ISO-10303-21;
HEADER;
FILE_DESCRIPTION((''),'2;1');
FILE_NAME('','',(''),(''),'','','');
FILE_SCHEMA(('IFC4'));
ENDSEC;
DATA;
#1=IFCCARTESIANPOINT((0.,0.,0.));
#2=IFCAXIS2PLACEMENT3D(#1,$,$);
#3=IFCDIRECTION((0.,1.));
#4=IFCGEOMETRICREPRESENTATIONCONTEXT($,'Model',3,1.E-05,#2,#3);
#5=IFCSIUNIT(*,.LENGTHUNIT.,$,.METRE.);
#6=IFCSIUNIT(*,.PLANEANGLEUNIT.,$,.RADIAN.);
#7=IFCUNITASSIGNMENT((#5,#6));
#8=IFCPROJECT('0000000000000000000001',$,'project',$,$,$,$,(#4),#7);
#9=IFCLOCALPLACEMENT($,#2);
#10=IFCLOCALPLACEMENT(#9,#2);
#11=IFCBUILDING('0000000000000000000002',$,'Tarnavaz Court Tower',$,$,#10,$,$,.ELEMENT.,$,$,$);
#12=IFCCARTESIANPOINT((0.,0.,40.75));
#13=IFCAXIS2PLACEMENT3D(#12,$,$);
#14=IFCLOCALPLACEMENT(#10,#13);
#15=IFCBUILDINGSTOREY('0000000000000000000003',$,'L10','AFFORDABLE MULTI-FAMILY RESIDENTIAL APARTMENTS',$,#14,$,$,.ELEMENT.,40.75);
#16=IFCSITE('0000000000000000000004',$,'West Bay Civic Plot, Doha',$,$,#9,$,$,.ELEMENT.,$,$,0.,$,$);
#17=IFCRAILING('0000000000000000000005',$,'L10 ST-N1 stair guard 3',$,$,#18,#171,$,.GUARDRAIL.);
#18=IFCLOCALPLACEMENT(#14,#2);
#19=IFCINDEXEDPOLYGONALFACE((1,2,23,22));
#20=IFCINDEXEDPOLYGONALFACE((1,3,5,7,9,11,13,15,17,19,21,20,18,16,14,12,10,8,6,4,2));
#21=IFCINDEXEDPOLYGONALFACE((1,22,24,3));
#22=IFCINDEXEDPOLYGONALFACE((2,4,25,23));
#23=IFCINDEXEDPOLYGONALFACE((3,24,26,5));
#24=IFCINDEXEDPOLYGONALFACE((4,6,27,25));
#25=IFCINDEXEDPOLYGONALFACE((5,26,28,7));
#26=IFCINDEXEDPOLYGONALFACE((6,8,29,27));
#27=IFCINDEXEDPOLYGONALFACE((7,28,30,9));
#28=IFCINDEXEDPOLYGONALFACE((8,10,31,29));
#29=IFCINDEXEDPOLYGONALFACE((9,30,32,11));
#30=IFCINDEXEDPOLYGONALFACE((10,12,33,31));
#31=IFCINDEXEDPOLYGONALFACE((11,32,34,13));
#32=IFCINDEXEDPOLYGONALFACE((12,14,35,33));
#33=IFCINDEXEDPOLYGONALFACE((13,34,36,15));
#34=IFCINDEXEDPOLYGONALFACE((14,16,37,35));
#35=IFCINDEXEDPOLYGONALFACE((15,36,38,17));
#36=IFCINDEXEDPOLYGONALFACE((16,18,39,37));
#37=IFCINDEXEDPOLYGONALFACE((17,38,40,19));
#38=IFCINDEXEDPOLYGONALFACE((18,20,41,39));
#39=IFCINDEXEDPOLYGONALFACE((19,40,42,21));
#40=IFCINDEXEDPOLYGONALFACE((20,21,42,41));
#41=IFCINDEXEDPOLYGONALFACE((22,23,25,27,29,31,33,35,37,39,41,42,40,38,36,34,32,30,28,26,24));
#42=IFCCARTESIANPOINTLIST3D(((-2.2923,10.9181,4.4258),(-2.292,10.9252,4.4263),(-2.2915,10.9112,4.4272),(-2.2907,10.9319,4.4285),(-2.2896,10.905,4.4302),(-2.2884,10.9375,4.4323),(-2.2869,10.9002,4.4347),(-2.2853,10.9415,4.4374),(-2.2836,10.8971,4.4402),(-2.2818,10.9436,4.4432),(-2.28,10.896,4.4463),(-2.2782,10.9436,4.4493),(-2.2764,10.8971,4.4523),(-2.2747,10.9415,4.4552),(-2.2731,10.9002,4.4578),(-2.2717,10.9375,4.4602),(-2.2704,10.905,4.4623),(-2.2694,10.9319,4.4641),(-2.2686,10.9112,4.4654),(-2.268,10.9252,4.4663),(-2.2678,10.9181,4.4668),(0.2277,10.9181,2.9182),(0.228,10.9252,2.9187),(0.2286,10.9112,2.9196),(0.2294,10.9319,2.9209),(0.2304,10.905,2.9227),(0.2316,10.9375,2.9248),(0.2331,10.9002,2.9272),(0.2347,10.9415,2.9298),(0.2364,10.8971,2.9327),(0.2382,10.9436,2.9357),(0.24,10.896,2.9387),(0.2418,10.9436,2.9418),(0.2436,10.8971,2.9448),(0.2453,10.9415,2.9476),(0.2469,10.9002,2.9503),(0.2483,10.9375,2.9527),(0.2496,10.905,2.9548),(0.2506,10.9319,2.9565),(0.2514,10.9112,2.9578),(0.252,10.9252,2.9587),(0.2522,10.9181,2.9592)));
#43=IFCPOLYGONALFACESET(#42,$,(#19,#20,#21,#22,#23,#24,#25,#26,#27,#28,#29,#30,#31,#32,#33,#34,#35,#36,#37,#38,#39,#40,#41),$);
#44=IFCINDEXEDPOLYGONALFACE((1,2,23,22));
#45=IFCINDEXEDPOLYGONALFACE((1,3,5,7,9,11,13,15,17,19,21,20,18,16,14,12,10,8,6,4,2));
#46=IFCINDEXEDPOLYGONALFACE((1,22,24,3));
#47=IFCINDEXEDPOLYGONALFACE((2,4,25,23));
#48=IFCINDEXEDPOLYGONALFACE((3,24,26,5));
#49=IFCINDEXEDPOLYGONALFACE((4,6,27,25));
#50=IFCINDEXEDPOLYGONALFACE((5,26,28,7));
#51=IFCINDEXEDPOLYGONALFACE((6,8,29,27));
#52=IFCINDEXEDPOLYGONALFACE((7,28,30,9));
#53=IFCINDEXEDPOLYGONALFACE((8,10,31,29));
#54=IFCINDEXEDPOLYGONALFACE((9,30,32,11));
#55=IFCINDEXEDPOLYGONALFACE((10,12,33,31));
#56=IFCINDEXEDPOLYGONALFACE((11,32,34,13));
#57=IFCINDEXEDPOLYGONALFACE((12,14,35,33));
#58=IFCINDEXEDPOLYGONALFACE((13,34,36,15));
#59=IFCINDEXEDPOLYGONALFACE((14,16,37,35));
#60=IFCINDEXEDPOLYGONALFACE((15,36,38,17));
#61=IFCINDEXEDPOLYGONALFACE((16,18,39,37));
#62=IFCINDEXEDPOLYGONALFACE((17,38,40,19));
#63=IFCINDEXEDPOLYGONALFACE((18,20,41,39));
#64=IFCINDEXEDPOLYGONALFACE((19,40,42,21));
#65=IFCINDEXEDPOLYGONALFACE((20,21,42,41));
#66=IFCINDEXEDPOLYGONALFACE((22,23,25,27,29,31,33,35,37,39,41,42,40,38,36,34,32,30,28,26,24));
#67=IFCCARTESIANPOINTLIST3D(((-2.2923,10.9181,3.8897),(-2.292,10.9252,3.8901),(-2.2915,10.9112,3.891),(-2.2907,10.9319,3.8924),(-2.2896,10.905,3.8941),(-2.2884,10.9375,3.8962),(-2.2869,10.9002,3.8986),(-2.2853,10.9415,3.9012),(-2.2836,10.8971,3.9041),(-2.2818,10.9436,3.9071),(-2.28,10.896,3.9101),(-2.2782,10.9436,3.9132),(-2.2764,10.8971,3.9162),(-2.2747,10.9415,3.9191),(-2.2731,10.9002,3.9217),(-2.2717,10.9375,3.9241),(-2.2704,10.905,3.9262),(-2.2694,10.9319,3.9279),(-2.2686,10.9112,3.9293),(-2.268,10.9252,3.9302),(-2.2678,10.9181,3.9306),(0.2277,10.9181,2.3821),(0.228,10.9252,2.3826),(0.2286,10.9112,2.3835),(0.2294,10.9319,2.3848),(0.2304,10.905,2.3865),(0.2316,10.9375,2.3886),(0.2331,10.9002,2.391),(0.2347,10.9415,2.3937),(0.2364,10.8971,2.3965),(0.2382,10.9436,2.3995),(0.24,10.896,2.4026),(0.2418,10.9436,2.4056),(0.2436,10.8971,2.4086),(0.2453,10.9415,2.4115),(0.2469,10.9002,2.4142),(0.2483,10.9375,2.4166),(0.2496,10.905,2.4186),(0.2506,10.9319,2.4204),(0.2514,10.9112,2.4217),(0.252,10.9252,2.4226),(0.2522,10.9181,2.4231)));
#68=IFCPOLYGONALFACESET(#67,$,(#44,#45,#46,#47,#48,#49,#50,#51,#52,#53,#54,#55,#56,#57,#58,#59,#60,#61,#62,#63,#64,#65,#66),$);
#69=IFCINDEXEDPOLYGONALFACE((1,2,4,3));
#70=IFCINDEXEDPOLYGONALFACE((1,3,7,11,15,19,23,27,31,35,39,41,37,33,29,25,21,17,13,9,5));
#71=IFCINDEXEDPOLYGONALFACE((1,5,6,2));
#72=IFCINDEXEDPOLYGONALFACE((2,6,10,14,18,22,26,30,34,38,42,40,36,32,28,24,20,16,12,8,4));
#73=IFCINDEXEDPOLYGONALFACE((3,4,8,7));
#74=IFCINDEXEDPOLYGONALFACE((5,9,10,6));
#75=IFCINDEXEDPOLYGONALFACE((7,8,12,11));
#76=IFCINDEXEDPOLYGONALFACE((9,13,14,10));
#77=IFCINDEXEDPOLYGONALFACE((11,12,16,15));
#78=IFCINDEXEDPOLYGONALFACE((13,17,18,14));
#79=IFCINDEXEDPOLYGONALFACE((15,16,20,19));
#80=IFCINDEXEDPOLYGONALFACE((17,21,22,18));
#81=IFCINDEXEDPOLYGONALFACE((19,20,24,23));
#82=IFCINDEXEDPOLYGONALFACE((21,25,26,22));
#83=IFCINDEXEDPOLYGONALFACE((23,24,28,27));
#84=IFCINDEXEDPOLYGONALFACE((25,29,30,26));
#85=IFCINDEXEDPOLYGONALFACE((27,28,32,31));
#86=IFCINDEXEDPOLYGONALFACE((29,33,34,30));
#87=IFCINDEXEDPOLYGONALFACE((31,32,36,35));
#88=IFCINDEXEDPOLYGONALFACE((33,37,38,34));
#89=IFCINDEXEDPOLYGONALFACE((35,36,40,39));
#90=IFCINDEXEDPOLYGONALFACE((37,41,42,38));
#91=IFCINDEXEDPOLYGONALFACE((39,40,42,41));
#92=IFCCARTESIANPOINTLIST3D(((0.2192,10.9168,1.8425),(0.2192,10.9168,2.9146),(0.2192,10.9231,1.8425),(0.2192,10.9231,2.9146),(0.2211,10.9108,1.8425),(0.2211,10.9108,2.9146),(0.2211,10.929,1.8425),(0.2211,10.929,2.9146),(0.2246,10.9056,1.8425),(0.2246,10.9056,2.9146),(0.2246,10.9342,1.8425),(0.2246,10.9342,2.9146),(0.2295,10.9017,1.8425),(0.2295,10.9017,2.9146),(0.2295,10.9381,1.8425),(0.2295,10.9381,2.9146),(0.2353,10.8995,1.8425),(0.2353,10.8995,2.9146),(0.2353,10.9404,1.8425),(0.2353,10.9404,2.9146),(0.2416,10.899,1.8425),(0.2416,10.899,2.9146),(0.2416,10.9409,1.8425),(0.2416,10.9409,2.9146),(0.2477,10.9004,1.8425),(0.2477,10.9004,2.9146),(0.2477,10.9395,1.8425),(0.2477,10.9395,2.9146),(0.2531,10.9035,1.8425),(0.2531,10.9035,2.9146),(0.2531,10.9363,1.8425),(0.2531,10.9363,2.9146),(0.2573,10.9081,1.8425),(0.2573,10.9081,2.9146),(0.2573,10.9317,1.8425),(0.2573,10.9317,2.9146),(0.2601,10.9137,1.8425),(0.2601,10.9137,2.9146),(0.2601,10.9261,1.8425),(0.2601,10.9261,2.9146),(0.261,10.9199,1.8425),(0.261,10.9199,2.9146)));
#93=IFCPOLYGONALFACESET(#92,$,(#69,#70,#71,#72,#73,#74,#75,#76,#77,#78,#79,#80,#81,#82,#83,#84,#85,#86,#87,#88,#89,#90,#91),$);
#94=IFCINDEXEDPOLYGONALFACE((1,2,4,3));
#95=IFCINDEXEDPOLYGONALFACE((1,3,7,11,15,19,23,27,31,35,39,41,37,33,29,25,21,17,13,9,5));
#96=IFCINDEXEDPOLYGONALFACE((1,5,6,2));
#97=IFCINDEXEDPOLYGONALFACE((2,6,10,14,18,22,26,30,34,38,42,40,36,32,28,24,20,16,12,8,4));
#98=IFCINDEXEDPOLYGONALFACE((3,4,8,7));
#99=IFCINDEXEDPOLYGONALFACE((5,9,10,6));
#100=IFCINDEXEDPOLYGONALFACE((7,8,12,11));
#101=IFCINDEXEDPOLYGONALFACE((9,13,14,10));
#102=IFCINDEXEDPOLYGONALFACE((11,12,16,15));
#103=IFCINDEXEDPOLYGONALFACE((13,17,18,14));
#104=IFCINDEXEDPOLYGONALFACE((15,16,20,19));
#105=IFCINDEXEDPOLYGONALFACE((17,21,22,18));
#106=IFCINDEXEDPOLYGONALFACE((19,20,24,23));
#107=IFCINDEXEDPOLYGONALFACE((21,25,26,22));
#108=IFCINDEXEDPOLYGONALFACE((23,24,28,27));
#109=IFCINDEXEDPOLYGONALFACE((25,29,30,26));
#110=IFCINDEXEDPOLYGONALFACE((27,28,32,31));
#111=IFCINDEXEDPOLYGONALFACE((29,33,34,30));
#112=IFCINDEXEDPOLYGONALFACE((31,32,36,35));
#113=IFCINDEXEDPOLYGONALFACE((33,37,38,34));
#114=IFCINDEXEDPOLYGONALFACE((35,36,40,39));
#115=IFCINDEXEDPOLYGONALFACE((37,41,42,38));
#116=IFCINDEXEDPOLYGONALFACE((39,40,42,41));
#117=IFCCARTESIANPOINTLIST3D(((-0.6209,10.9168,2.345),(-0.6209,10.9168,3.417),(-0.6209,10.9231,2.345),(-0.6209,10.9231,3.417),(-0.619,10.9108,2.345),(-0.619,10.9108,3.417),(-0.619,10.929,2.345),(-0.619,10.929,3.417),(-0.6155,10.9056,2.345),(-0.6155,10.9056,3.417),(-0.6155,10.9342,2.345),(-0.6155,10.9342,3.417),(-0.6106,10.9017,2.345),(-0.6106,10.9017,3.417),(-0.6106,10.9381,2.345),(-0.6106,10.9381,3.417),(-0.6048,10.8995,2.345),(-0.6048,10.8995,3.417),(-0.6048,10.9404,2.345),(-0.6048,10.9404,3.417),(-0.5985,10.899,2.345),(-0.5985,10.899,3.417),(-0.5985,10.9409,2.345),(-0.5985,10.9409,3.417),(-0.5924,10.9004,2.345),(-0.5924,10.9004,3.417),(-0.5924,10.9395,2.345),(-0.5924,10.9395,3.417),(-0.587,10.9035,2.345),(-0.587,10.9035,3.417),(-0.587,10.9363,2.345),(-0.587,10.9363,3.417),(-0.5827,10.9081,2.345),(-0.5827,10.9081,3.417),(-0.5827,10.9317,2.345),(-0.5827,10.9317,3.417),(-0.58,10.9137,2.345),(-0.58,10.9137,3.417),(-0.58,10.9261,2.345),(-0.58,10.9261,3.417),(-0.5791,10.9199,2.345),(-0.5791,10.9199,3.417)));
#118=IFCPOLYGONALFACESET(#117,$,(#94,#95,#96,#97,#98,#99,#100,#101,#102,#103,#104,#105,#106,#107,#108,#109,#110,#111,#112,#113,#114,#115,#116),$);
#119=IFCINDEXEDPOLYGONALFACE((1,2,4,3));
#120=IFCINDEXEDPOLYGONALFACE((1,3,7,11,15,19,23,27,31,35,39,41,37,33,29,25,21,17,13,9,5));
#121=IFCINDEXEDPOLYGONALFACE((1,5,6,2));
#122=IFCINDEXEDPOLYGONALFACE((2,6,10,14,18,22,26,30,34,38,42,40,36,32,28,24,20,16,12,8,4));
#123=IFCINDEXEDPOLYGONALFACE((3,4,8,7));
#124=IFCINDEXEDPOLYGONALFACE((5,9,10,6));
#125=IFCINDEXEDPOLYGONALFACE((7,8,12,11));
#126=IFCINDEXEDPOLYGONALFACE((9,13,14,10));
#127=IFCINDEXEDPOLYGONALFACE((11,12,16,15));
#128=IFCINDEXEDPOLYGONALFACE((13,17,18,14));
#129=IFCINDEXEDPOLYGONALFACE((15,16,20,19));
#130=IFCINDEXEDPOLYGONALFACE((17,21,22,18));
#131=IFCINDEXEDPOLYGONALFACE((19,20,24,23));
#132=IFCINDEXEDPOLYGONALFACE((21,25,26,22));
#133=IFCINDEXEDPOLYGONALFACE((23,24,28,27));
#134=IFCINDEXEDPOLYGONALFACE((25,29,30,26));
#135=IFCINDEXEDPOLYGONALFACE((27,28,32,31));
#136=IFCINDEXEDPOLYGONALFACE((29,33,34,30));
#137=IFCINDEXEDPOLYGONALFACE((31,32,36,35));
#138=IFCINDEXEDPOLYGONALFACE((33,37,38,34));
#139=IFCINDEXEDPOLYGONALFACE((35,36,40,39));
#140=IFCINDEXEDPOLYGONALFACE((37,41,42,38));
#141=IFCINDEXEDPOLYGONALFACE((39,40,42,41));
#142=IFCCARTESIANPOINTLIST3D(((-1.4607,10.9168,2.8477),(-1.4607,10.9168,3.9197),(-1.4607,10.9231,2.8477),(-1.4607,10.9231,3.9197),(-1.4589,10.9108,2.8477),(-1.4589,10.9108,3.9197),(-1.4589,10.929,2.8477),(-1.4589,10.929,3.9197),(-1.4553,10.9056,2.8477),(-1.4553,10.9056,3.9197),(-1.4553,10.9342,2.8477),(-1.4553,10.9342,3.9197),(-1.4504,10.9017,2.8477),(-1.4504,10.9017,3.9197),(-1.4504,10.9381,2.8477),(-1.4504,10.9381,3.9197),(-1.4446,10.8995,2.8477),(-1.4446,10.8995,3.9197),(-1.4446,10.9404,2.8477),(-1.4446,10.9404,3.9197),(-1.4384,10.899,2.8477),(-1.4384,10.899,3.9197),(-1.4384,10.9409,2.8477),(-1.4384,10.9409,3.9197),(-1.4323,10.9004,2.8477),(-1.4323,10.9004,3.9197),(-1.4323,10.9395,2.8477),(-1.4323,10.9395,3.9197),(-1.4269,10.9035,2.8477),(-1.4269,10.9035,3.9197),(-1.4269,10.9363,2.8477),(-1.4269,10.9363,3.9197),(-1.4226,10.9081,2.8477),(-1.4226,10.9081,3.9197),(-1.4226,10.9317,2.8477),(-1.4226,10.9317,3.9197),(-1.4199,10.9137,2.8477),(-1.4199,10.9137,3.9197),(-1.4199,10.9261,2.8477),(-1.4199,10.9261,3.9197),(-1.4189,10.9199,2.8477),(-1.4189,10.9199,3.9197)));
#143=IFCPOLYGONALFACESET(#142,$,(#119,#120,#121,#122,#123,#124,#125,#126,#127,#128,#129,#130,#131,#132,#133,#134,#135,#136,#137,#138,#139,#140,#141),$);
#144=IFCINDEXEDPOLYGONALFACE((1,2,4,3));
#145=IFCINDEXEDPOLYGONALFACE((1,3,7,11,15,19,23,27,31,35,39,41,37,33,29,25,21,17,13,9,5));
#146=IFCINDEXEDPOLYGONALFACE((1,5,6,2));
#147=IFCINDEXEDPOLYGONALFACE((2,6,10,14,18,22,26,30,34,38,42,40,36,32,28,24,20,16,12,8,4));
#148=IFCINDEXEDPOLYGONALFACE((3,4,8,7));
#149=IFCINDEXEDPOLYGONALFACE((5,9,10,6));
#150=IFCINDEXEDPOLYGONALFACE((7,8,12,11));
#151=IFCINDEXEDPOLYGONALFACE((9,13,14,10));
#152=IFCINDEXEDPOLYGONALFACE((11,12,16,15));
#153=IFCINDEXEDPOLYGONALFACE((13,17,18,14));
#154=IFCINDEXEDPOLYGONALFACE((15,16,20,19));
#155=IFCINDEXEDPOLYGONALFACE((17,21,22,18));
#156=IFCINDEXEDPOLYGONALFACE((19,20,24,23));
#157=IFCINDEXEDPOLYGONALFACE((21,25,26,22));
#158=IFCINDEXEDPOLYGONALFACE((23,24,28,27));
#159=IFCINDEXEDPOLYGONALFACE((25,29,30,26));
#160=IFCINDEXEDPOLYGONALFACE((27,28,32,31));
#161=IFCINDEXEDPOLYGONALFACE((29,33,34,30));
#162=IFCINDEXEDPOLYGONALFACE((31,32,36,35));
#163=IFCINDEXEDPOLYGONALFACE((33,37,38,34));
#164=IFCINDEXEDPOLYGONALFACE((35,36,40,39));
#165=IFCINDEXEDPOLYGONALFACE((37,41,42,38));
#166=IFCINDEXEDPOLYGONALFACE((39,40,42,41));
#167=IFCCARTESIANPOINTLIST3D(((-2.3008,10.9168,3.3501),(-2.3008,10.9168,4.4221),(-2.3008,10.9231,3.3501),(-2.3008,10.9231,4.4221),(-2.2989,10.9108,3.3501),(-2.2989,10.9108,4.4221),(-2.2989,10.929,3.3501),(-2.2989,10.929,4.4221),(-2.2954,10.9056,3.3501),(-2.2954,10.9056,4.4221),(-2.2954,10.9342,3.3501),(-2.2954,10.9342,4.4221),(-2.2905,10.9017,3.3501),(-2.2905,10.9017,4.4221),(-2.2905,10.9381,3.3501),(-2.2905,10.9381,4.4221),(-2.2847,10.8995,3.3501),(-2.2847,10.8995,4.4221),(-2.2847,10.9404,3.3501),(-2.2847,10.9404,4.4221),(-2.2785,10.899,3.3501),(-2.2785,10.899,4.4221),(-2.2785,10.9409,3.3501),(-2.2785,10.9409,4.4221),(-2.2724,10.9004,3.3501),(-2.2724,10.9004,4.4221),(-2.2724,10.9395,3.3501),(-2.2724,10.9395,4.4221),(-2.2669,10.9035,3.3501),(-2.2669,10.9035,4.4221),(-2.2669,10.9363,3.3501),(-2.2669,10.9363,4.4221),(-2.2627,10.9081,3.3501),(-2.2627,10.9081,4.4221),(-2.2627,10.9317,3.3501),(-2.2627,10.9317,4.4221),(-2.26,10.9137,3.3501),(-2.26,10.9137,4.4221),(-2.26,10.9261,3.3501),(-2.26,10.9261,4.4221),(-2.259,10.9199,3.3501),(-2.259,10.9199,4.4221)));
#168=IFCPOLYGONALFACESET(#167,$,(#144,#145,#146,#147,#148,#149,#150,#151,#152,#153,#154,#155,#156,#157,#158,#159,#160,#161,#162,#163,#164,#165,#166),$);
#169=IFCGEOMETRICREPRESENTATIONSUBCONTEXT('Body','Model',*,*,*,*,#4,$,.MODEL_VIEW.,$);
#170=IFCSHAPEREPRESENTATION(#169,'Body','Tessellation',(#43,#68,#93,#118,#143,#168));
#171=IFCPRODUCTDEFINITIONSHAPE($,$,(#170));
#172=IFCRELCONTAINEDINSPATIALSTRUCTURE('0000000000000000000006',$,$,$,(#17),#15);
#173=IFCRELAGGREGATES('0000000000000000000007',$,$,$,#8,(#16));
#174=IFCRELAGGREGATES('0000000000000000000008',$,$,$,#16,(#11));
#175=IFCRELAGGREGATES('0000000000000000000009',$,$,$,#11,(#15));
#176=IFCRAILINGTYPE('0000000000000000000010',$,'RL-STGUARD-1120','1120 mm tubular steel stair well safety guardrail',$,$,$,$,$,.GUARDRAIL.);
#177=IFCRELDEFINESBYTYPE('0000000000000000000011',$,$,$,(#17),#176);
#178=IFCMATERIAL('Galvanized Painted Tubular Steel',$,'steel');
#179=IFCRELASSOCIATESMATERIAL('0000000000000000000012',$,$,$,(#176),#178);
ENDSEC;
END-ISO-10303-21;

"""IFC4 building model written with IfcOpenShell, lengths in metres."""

from ifc_helpers import new_model, si_unit, direction, frame, origin, origin_2d, place, context, subcontext, project, spatial, circle, extrude, material, type_object, element, save


model = new_model("IFC4")

# Units and contexts
model_context = context("Model", 3, precision=1e-05, world=origin(), true_north=direction((0.0, 1.0)))
body_context = subcontext(model_context, "Body", "Model", "MODEL_VIEW")
ifc_project = project(units=[si_unit("LENGTHUNIT", "METRE"), si_unit("PLANEANGLEUNIT", "RADIAN")], contexts=[model_context])

# Site, building, storey
site_placement = place(None, origin())
site = spatial("IfcSite", under=ifc_project, at=site_placement, Name="West Bay Civic Plot, Doha", CompositionType="ELEMENT", RefElevation=0.0)
building_placement = place(site_placement, origin())
building = spatial("IfcBuilding", under=site, at=building_placement, Name="Tarnavaz Court Tower", CompositionType="ELEMENT")
storey_placement = place(building_placement, frame((0.0, 0.0, 40.75)))
storey = spatial("IfcBuildingStorey", under=building, at=storey_placement, Name="L10", Description="AFFORDABLE MULTI-FAMILY RESIDENTIAL APARTMENTS", CompositionType="ELEMENT", Elevation=40.75)

# Railing
ifc_material_1 = material(Name="Galvanized Painted Tubular Steel", Category="steel")
railing_type_1 = type_object("IfcRailingType", Name="RL-STGUARD-1120", Description="1120 mm tubular steel stair well safety guardrail", PredefinedType="GUARDRAIL", material=ifc_material_1)
railing_1_placement = place(storey_placement, frame((0.24, 10.9199, 1.8425)))
element("IfcRailing", 1, at=railing_1_placement, inside=storey, type_object=railing_type_1, Name="L10 ST-N1 stair guard 3", PredefinedType="GUARDRAIL", context=body_context, shape_type="SweptSolid", body=[
    extrude(circle(Radius=0.0239, at=origin_2d()), frame((0.0, 0.0, 1.0962), z_axis=(-0.85816, 0.0, 0.513383), x_axis=(0.0, -1.0, 0.0)), (0.0, 0.0, 1.0), 2.9365),
    extrude(circle(Radius=0.0239, at=origin_2d()), frame((0.0, 0.0, 0.5601), z_axis=(-0.85816, 0.0, 0.513383), x_axis=(0.0, -1.0, 0.0)), (0.0, 0.0, 1.0), 2.9365),
    extrude(circle(Radius=0.021, at=origin_2d()), origin(), (0.0, 0.0, 1.0), 1.072),
    extrude(circle(Radius=0.021, at=origin_2d()), frame((-0.8401, 0.0, 0.5024)), (0.0, 0.0, 1.0), 1.072),
    extrude(circle(Radius=0.021, at=origin_2d()), frame((-1.6799, 0.0, 1.0051)), (0.0, 0.0, 1.0), 1.072),
    extrude(circle(Radius=0.021, at=origin_2d()), frame((-2.52, 0.0, 1.5076)), (0.0, 0.0, 1.0), 1.072),
])

save(model, "model.ifc")
